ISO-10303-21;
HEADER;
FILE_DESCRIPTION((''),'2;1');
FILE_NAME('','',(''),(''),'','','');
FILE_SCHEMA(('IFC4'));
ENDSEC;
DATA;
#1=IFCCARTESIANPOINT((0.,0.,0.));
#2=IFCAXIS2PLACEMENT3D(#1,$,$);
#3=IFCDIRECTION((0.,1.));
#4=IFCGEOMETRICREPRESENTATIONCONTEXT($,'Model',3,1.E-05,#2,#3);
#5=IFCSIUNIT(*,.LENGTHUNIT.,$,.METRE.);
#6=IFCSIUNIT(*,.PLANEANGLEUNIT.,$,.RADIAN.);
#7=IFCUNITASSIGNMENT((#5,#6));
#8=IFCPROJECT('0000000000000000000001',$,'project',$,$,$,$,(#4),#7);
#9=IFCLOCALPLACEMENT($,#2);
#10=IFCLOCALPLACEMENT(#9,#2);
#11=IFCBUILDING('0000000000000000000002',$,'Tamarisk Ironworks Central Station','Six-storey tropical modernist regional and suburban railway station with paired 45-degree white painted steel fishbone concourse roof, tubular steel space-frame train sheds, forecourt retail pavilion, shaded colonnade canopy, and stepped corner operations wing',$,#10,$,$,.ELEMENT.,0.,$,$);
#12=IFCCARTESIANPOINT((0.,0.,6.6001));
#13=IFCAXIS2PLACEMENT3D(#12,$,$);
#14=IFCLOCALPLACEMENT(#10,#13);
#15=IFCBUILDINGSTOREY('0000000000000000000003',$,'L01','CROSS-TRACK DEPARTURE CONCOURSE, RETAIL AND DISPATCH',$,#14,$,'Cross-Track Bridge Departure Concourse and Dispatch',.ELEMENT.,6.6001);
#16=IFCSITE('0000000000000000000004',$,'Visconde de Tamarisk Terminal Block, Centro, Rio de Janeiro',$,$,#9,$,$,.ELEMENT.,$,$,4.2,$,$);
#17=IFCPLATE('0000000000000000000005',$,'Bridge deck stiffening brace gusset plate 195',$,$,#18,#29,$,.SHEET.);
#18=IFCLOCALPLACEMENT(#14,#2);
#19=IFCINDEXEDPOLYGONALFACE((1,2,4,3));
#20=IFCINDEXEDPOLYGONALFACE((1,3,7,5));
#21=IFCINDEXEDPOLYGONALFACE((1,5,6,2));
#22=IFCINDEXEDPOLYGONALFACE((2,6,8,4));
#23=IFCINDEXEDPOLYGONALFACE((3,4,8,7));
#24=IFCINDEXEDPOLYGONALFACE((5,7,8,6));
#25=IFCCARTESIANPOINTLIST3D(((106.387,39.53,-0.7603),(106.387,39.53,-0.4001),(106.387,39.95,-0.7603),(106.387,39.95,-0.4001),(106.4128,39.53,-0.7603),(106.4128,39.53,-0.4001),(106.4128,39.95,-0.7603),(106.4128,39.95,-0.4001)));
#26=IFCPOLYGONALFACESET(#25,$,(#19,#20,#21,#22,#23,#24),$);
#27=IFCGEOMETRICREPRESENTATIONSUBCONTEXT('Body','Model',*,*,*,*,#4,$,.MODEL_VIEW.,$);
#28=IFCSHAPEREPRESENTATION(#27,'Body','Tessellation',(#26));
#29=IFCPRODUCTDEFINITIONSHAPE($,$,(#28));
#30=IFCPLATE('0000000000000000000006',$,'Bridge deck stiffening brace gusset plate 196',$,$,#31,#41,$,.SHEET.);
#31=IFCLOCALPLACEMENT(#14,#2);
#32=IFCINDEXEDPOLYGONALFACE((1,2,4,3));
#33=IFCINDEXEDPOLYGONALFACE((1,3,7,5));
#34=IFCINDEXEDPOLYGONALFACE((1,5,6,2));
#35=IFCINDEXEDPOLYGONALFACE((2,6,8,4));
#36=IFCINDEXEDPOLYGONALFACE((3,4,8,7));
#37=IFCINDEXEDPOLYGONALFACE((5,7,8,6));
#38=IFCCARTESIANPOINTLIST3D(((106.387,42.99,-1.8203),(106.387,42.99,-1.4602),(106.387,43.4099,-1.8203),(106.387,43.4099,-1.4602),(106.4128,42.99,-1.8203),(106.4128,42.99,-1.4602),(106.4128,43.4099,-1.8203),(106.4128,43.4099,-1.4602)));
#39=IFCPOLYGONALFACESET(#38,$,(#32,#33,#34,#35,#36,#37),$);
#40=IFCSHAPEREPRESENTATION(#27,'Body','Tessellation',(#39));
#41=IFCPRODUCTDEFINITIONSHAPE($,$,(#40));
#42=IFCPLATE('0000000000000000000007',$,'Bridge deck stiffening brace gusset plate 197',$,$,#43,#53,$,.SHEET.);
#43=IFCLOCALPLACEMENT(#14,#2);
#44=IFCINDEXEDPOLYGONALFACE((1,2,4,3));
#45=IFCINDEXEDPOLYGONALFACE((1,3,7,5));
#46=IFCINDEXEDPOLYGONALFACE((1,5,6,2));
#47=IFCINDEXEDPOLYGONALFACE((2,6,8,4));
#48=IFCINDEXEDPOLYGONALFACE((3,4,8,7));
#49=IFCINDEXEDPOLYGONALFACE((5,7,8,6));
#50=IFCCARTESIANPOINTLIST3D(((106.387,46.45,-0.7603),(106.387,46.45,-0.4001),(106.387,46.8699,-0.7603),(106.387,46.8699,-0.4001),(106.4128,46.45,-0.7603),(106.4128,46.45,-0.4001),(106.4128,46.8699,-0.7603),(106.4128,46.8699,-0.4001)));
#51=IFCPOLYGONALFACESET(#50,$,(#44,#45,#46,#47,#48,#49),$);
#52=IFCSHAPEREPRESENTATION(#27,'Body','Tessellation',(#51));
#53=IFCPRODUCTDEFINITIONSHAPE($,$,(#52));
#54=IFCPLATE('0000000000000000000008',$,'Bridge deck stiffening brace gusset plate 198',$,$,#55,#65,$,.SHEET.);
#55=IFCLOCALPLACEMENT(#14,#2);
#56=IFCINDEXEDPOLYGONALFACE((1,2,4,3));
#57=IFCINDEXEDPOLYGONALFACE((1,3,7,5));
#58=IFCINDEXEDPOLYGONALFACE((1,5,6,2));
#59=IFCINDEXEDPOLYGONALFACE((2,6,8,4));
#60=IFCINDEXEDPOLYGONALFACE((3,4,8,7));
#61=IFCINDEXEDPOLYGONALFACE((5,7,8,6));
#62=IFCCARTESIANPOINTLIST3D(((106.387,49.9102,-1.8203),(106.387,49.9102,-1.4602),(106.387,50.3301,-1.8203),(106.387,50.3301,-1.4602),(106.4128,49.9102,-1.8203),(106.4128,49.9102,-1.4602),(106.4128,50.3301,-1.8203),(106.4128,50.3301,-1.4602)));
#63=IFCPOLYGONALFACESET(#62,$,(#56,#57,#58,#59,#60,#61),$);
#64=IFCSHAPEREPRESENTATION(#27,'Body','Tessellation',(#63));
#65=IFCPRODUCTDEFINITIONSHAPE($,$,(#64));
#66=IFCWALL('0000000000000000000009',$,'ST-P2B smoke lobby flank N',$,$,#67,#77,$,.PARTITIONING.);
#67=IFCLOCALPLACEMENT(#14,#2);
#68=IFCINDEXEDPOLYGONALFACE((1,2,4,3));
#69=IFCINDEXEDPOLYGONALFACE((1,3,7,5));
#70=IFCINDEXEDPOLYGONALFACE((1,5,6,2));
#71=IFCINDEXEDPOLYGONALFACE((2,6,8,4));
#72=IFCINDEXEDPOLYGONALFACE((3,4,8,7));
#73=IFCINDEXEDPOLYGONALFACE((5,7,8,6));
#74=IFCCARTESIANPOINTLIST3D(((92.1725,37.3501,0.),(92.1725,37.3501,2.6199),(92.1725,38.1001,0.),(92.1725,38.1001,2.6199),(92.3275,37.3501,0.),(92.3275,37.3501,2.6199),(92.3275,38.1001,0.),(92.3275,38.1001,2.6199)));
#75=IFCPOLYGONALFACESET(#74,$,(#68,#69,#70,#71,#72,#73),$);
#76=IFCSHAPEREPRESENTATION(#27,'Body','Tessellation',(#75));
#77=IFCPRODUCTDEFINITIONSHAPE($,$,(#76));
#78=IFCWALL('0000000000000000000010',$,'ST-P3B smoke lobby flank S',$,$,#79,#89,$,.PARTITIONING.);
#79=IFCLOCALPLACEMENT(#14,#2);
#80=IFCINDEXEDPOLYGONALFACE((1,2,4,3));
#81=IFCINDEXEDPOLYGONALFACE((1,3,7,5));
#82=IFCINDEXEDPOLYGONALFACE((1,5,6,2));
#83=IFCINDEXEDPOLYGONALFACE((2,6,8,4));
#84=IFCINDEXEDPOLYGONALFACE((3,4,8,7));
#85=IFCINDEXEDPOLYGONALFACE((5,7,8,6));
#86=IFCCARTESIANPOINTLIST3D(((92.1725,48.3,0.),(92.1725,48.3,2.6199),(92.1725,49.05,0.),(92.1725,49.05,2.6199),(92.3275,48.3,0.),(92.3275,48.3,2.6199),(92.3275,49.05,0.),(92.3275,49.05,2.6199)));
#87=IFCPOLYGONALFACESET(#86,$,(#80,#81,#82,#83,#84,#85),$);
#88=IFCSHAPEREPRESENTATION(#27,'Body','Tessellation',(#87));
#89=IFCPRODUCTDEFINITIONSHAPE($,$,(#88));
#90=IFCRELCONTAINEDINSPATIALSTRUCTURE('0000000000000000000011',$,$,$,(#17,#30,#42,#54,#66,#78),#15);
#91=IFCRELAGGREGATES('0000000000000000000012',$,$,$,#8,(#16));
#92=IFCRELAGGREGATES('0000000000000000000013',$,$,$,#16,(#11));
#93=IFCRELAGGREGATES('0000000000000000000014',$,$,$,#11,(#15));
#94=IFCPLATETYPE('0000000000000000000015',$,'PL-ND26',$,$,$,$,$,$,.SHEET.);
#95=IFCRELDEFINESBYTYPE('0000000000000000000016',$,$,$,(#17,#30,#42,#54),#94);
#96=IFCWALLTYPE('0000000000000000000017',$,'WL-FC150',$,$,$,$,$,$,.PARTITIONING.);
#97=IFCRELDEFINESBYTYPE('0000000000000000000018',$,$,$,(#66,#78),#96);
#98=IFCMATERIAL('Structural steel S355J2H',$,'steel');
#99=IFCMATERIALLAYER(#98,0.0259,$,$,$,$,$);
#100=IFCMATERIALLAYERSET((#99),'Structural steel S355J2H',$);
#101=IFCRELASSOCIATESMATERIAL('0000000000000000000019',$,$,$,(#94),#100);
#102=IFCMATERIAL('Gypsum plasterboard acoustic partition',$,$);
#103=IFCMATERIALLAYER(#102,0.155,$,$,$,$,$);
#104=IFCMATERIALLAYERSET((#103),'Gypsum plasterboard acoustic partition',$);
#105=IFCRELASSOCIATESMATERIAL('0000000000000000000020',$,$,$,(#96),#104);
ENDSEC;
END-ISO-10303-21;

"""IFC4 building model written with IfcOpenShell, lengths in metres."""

from ifc_helpers import new_model, si_unit, direction, frame, frame_2d, origin, origin_2d, place, context, subcontext, project, spatial, rectangle, extrude, material, layer, layer_set, type_object, element, save


model = new_model("IFC4")

# Units and contexts
model_context = context("Model", 3, precision=1e-05, world=origin(), true_north=direction((0.0, 1.0)))
body_context = subcontext(model_context, "Body", "Model", "MODEL_VIEW")
ifc_project = project(units=[si_unit("LENGTHUNIT", "METRE"), si_unit("PLANEANGLEUNIT", "RADIAN")], contexts=[model_context])

# Site, building, storey
site_placement = place(None, origin())
site = spatial("IfcSite", under=ifc_project, at=site_placement, Name="Visconde de Tamarisk Terminal Block, Centro, Rio de Janeiro", CompositionType="ELEMENT", RefElevation=4.2)
building_placement = place(site_placement, origin())
building = spatial("IfcBuilding", under=site, at=building_placement, Name="Tamarisk Ironworks Central Station", Description="Six-storey tropical modernist regional and suburban railway station with paired 45-degree white painted steel fishbone concourse roof, tubular steel space-frame train sheds, forecourt retail pavilion, shaded colonnade canopy, and stepped corner operations wing", CompositionType="ELEMENT", ElevationOfRefHeight=0.0)
storey_placement = place(building_placement, frame((0.0, 0.0, 6.6001)))
storey = spatial("IfcBuildingStorey", under=building, at=storey_placement, Name="L01", Description="CROSS-TRACK DEPARTURE CONCOURSE, RETAIL AND DISPATCH", LongName="Cross-Track Bridge Departure Concourse and Dispatch", CompositionType="ELEMENT", Elevation=6.6001)

# Shared definitions
ifc_material_1 = material(Name="Structural steel S355J2H", Category="steel")

# Plates
ifc_layer_1 = layer(ifc_material_1, 0.0259)
ifc_layer_set_1 = layer_set([ifc_layer_1], Name="Structural steel S355J2H")
plate_type = type_object("IfcPlateType", Name="PL-ND26", PredefinedType="SHEET", material=ifc_layer_set_1)
for number, where, z_axis, x_axis, name in (
    (1, (106.3999, 39.74, -0.7603), (0.0, 0.0, 1.0), (1.0, 0.0, 0.0), "Bridge deck stiffening brace gusset plate 195"),
    (2, (106.3999, 43.2, -1.8203), (0.0, 0.0, 1.0), (1.0, 0.0, 0.0), "Bridge deck stiffening brace gusset plate 196"),
    (3, (106.3999, 46.6599, -0.7603), (0.0, 0.0, 1.0), (1.0, 0.0, 0.0), "Bridge deck stiffening brace gusset plate 197"),
    (4, (106.3999, 50.1201, -1.8203), (0.0, 0.0, 1.0), (1.0, 0.0, 0.0), "Bridge deck stiffening brace gusset plate 198"),
):
    element("IfcPlate", number, at=place(storey_placement, frame(where, z_axis=z_axis, x_axis=x_axis)), inside=storey, type_object=plate_type, Name=name, PredefinedType="SHEET", context=body_context, shape_type="SweptSolid", body=[
        extrude(rectangle(XDim=0.0259, YDim=0.4199, at=origin_2d()), origin(), (0.0, 0.0, 1.0), 0.3601),
    ])

# Walls
ifc_material_2 = material(Name="Gypsum plasterboard acoustic partition")
ifc_layer_2 = layer(ifc_material_2, 0.155)
ifc_layer_set_2 = layer_set([ifc_layer_2], Name="Gypsum plasterboard acoustic partition")
wall_type = type_object("IfcWallType", Name="WL-FC150", PredefinedType="PARTITIONING", material=ifc_layer_set_2)
for number, where, z_axis, x_axis, name in (
    (5, (92.25, 37.3501, 0.0), (0.0, 0.0, 1.0), (0.0, 1.0, 0.0), "ST-P2B smoke lobby flank N"),
    (6, (92.25, 48.3, 0.0), (0.0, 0.0, 1.0), (0.0, 1.0, 0.0), "ST-P3B smoke lobby flank S"),
):
    element("IfcWall", number, at=place(storey_placement, frame(where, z_axis=z_axis, x_axis=x_axis)), inside=storey, type_object=wall_type, Name=name, PredefinedType="PARTITIONING", context=body_context, shape_type="SweptSolid", body=[
        extrude(rectangle(XDim=0.75, YDim=0.155, at=frame_2d((0.375, 0.0))), origin(), (0.0, 0.0, 1.0), 2.6199),
    ])

save(model, "model.ifc")
